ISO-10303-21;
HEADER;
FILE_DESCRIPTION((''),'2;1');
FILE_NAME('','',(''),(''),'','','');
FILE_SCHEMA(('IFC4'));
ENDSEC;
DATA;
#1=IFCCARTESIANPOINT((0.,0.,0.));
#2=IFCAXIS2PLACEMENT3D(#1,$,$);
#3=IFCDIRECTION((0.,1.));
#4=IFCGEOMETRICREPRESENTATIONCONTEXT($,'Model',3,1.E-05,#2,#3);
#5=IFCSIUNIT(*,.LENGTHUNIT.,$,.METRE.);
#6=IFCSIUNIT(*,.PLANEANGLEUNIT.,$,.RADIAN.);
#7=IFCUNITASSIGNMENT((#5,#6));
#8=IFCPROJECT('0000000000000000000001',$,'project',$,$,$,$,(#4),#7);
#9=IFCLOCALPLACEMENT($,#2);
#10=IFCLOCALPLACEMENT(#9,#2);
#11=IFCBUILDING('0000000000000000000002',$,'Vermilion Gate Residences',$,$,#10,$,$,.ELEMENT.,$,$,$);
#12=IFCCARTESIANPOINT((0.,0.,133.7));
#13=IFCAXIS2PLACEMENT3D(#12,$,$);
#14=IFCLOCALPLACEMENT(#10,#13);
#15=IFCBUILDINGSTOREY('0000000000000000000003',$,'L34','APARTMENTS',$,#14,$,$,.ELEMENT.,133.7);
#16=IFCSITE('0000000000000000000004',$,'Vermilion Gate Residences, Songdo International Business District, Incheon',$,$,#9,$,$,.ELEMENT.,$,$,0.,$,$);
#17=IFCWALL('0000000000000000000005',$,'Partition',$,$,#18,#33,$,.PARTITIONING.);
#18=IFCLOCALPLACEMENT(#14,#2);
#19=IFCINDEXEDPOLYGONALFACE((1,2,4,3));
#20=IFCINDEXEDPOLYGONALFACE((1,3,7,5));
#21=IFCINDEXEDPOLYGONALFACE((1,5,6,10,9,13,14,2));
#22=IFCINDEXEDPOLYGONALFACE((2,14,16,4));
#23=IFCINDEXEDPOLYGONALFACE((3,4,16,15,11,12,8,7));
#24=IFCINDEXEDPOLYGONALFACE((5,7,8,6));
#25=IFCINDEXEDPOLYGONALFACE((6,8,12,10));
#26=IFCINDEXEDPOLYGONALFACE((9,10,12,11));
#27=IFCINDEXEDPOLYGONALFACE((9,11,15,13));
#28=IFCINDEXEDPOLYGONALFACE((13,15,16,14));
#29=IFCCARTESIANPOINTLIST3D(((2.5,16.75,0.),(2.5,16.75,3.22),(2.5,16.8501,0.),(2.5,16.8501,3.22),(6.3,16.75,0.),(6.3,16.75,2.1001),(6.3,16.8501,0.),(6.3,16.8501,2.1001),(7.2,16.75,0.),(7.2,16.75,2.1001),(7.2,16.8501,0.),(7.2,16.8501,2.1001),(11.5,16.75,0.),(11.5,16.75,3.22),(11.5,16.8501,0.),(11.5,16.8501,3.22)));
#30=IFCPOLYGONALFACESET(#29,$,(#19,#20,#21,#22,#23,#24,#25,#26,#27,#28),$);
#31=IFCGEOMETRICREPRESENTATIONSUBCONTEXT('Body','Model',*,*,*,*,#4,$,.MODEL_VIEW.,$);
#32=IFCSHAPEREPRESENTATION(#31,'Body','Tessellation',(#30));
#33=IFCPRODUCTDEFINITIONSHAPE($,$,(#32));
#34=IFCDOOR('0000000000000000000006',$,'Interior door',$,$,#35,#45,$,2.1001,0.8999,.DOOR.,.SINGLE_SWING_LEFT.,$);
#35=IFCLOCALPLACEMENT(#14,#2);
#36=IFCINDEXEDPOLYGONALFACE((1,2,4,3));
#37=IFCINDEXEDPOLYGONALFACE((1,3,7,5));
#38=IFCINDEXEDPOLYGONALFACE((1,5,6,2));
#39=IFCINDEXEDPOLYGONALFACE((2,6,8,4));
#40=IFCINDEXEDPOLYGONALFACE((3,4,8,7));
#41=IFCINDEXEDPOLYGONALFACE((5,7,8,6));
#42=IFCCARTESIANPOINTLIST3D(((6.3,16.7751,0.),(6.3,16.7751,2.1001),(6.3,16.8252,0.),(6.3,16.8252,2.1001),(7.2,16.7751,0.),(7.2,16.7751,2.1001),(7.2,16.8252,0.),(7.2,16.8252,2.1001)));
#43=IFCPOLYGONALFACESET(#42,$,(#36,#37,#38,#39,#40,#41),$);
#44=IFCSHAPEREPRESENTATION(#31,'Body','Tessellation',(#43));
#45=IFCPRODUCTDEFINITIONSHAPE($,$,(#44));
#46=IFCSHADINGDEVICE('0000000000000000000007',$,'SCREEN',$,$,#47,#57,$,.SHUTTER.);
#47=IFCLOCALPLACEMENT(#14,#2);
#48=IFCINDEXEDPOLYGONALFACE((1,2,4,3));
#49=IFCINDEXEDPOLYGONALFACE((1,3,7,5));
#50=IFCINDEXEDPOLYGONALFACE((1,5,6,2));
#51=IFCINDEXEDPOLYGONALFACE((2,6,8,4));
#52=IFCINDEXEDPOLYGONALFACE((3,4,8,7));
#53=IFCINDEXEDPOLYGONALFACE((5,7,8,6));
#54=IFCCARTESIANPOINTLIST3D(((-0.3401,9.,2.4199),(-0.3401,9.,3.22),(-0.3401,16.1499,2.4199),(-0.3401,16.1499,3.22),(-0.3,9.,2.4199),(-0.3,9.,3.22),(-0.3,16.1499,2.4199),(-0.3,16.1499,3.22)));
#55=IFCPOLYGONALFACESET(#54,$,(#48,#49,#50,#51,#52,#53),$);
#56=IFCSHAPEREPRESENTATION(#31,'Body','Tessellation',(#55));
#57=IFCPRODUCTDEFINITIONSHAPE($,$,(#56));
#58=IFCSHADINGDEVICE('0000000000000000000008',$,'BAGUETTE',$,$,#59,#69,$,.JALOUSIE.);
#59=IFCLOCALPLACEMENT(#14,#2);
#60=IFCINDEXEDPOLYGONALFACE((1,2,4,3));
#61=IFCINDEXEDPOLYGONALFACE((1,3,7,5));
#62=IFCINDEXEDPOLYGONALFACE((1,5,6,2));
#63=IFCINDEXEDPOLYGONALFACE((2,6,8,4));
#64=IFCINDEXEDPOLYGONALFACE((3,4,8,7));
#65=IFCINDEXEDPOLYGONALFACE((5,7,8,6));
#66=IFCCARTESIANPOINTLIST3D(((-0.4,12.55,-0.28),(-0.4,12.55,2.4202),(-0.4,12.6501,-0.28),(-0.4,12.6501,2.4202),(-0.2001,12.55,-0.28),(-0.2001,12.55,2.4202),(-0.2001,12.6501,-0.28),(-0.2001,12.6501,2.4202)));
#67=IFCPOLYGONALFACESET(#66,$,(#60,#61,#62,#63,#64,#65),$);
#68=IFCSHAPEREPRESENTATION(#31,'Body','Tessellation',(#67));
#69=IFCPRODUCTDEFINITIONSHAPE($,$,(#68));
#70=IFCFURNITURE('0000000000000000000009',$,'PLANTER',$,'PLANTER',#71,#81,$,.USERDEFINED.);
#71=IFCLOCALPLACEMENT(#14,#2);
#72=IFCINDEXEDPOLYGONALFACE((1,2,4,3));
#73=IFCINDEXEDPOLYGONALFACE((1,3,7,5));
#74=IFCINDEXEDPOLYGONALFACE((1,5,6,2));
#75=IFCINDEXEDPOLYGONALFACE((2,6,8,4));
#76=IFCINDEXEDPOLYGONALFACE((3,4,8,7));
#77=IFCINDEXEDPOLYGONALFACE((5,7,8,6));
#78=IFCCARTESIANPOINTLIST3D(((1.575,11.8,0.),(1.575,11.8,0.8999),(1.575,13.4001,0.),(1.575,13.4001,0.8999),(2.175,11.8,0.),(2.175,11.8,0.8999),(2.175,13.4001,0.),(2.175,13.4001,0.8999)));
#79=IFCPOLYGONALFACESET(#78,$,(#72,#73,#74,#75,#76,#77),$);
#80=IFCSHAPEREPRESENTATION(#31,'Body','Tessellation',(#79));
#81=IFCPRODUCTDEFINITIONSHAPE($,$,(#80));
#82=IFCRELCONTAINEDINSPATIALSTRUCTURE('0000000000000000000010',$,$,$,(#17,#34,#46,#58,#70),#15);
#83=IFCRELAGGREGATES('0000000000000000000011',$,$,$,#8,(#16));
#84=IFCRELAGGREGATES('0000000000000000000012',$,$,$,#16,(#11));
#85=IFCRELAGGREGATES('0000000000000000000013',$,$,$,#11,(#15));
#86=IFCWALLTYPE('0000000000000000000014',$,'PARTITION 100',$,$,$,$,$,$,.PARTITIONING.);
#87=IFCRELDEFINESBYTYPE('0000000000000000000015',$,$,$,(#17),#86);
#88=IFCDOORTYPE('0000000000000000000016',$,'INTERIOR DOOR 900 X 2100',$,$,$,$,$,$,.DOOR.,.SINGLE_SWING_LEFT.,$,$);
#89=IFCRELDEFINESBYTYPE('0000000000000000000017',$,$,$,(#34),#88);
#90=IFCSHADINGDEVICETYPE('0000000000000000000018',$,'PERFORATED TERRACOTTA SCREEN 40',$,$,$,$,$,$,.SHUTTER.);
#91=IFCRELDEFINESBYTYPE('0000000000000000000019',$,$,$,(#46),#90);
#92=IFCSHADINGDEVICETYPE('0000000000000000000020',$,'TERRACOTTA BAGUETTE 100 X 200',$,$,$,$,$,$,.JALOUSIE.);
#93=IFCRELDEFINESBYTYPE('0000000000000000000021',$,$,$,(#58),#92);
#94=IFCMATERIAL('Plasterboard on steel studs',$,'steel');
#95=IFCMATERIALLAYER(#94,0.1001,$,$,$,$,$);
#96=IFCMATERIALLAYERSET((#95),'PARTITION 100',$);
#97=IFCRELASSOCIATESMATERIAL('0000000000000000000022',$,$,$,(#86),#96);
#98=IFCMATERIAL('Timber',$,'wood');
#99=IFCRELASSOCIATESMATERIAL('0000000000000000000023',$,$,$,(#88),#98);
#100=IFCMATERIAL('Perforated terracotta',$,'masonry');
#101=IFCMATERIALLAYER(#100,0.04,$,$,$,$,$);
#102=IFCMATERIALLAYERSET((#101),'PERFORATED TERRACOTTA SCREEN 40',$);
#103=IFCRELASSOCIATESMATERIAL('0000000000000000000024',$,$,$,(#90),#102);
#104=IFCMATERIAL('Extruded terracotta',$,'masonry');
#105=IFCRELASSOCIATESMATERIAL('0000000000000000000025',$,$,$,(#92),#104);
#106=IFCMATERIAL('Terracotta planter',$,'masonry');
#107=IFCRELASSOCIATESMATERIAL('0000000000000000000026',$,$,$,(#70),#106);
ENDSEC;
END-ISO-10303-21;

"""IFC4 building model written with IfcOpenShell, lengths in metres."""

from ifc_helpers import new_model, si_unit, direction, frame, frame_2d, origin, origin_2d, place, context, subcontext, project, spatial, rectangle, extrude, material, layer, layer_set, material_profile, profile_set, type_object, element, fill, save


model = new_model("IFC4")

# Units and contexts
model_context = context("Model", 3, precision=1e-05, world=origin(), true_north=direction((0.0, 1.0)))
body_context = subcontext(model_context, "Body", "Model", "MODEL_VIEW")
ifc_project = project(units=[si_unit("LENGTHUNIT", "METRE"), si_unit("PLANEANGLEUNIT", "RADIAN")], contexts=[model_context])

# Site, building, storey
site_placement = place(None, origin())
site = spatial("IfcSite", under=ifc_project, at=site_placement, Name="Vermilion Gate Residences, Songdo International Business District, Incheon", CompositionType="ELEMENT", RefElevation=0.0)
building_placement = place(site_placement, origin())
building = spatial("IfcBuilding", under=site, at=building_placement, Name="Vermilion Gate Residences", CompositionType="ELEMENT")
storey_placement = place(building_placement, frame((0.0, 0.0, 133.7)))
storey = spatial("IfcBuildingStorey", under=building, at=storey_placement, Name="L34", Description="APARTMENTS", CompositionType="ELEMENT", Elevation=133.7)

# Wall, opening, door
ifc_material_1 = material(Name="Plasterboard on steel studs", Category="steel")
ifc_layer_1 = layer(ifc_material_1, 0.1001)
ifc_layer_set_1 = layer_set([ifc_layer_1], Name="PARTITION 100")
wall_type_1 = type_object("IfcWallType", Name="PARTITION 100", PredefinedType="PARTITIONING", material=ifc_layer_set_1)
wall_1_placement = place(storey_placement, frame((2.5, 16.8, 0.0), z_axis=(0.0, 0.0, 1.0), x_axis=(1.0, 0.0, 0.0)))
wall_1 = element("IfcWall", 1, at=wall_1_placement, inside=storey, type_object=wall_type_1, Name="Partition", PredefinedType="PARTITIONING", context=body_context, shape_type="SweptSolid", body=[
    extrude(rectangle(XDim=9.0, YDim=0.1001, at=frame_2d((4.5, 0.0))), origin(), (0.0, 0.0, 1.0), 3.22),
])
opening_1_placement = place(wall_1_placement, frame((3.8, 0.0, 0.0)))
opening_1 = element("IfcOpeningElement", 2, at=opening_1_placement, cuts=wall_1, PredefinedType="OPENING", context=body_context, shape_type="SweptSolid", body=[
    extrude(rectangle(XDim=0.8999, YDim=2.1001, at=frame_2d((0.45, 1.05))), frame((0.0, 0.0601, 0.0), z_axis=(0.0, -1.0, 0.0), x_axis=(1.0, 0.0, 0.0)), (0.0, 0.0, 1.0), 0.1201),
])
ifc_material_2 = material(Name="Timber", Category="wood")
door_type_1 = type_object("IfcDoorType", Name="INTERIOR DOOR 900 X 2100", OperationType="SINGLE_SWING_LEFT", PredefinedType="DOOR", material=ifc_material_2)
door_1_placement = place(opening_1_placement, frame((0.8999, 0.0, 0.0), z_axis=(0.0, 0.0, 1.0), x_axis=(-1.0, 0.0, 0.0)))
door_1 = element("IfcDoor", 3, at=door_1_placement, inside=storey, type_object=door_type_1, Name="Interior door", OperationType="SINGLE_SWING_LEFT", OverallHeight=2.1001, OverallWidth=0.8999, PredefinedType="DOOR", context=body_context, shape_type="SweptSolid", body=[
    extrude(rectangle(XDim=0.8999, YDim=2.1001, at=frame_2d((0.45, 1.05))), frame((0.0, 0.0249, 0.0), z_axis=(0.0, -1.0, 0.0), x_axis=(1.0, 0.0, 0.0)), (0.0, 0.0, 1.0), 0.05),
])
fill(opening_1, door_1)

# Shading devices
ifc_material_3 = material(Name="Perforated terracotta", Category="masonry")
ifc_layer_2 = layer(ifc_material_3, 0.04)
ifc_layer_set_2 = layer_set([ifc_layer_2], Name="PERFORATED TERRACOTTA SCREEN 40")
shading_device_type_1 = type_object("IfcShadingDeviceType", Name="PERFORATED TERRACOTTA SCREEN 40", PredefinedType="SHUTTER", material=ifc_layer_set_2)
shading_device_1_placement = place(storey_placement, frame((-0.3201, 12.575, 2.4199), z_axis=(0.0, 0.0, 1.0), x_axis=(0.0, -1.0, 0.0)))
element("IfcShadingDevice", 4, at=shading_device_1_placement, inside=storey, type_object=shading_device_type_1, Name="SCREEN", PredefinedType="SHUTTER", context=body_context, shape_type="SweptSolid", body=[
    extrude(rectangle(XDim=7.1499, YDim=0.04, at=origin_2d()), origin(), (0.0, 0.0, 1.0), 0.8),
])
ifc_material_4 = material(Name="Extruded terracotta", Category="masonry")
ifc_material_profile_1 = material_profile(ifc_material_4, rectangle(XDim=0.2, YDim=0.1001, at=origin_2d()), Name="BAGUETTE 100 X 200")
ifc_profile_set_1 = profile_set([ifc_material_profile_1], Name="Extruded terracotta")
shading_device_type_2 = type_object("IfcShadingDeviceType", Name="TERRACOTTA BAGUETTE 100 X 200", PredefinedType="JALOUSIE", material=ifc_profile_set_1)
shading_device_2_placement = place(storey_placement, frame((-0.3, 12.6001, -0.28), z_axis=(0.0, 0.0, 1.0), x_axis=(1.0, 0.0, 0.0)))
element("IfcShadingDevice", 5, at=shading_device_2_placement, inside=storey, type_object=shading_device_type_2, Name="BAGUETTE", PredefinedType="JALOUSIE", context=body_context, shape_type="SweptSolid", body=[
    extrude(rectangle(XDim=0.2, YDim=0.1001, at=origin_2d()), origin(), (0.0, 0.0, 1.0), 2.7002),
])

# Furniture
ifc_material_5 = material(Name="Terracotta planter", Category="masonry")
furniture_placement = place(storey_placement, frame((1.875, 12.6001, 0.0), z_axis=(0.0, 0.0, 1.0), x_axis=(0.0, -1.0, 0.0)))
element("IfcFurniture", 6, at=furniture_placement, inside=storey, material=ifc_material_5, Name="PLANTER", ObjectType="PLANTER", PredefinedType="USERDEFINED", context=body_context, shape_type="SweptSolid", body=[
    extrude(rectangle(XDim=1.6001, YDim=0.6001, at=origin_2d()), origin(), (0.0, 0.0, 1.0), 0.8999),
])

save(model, "model.ifc")
